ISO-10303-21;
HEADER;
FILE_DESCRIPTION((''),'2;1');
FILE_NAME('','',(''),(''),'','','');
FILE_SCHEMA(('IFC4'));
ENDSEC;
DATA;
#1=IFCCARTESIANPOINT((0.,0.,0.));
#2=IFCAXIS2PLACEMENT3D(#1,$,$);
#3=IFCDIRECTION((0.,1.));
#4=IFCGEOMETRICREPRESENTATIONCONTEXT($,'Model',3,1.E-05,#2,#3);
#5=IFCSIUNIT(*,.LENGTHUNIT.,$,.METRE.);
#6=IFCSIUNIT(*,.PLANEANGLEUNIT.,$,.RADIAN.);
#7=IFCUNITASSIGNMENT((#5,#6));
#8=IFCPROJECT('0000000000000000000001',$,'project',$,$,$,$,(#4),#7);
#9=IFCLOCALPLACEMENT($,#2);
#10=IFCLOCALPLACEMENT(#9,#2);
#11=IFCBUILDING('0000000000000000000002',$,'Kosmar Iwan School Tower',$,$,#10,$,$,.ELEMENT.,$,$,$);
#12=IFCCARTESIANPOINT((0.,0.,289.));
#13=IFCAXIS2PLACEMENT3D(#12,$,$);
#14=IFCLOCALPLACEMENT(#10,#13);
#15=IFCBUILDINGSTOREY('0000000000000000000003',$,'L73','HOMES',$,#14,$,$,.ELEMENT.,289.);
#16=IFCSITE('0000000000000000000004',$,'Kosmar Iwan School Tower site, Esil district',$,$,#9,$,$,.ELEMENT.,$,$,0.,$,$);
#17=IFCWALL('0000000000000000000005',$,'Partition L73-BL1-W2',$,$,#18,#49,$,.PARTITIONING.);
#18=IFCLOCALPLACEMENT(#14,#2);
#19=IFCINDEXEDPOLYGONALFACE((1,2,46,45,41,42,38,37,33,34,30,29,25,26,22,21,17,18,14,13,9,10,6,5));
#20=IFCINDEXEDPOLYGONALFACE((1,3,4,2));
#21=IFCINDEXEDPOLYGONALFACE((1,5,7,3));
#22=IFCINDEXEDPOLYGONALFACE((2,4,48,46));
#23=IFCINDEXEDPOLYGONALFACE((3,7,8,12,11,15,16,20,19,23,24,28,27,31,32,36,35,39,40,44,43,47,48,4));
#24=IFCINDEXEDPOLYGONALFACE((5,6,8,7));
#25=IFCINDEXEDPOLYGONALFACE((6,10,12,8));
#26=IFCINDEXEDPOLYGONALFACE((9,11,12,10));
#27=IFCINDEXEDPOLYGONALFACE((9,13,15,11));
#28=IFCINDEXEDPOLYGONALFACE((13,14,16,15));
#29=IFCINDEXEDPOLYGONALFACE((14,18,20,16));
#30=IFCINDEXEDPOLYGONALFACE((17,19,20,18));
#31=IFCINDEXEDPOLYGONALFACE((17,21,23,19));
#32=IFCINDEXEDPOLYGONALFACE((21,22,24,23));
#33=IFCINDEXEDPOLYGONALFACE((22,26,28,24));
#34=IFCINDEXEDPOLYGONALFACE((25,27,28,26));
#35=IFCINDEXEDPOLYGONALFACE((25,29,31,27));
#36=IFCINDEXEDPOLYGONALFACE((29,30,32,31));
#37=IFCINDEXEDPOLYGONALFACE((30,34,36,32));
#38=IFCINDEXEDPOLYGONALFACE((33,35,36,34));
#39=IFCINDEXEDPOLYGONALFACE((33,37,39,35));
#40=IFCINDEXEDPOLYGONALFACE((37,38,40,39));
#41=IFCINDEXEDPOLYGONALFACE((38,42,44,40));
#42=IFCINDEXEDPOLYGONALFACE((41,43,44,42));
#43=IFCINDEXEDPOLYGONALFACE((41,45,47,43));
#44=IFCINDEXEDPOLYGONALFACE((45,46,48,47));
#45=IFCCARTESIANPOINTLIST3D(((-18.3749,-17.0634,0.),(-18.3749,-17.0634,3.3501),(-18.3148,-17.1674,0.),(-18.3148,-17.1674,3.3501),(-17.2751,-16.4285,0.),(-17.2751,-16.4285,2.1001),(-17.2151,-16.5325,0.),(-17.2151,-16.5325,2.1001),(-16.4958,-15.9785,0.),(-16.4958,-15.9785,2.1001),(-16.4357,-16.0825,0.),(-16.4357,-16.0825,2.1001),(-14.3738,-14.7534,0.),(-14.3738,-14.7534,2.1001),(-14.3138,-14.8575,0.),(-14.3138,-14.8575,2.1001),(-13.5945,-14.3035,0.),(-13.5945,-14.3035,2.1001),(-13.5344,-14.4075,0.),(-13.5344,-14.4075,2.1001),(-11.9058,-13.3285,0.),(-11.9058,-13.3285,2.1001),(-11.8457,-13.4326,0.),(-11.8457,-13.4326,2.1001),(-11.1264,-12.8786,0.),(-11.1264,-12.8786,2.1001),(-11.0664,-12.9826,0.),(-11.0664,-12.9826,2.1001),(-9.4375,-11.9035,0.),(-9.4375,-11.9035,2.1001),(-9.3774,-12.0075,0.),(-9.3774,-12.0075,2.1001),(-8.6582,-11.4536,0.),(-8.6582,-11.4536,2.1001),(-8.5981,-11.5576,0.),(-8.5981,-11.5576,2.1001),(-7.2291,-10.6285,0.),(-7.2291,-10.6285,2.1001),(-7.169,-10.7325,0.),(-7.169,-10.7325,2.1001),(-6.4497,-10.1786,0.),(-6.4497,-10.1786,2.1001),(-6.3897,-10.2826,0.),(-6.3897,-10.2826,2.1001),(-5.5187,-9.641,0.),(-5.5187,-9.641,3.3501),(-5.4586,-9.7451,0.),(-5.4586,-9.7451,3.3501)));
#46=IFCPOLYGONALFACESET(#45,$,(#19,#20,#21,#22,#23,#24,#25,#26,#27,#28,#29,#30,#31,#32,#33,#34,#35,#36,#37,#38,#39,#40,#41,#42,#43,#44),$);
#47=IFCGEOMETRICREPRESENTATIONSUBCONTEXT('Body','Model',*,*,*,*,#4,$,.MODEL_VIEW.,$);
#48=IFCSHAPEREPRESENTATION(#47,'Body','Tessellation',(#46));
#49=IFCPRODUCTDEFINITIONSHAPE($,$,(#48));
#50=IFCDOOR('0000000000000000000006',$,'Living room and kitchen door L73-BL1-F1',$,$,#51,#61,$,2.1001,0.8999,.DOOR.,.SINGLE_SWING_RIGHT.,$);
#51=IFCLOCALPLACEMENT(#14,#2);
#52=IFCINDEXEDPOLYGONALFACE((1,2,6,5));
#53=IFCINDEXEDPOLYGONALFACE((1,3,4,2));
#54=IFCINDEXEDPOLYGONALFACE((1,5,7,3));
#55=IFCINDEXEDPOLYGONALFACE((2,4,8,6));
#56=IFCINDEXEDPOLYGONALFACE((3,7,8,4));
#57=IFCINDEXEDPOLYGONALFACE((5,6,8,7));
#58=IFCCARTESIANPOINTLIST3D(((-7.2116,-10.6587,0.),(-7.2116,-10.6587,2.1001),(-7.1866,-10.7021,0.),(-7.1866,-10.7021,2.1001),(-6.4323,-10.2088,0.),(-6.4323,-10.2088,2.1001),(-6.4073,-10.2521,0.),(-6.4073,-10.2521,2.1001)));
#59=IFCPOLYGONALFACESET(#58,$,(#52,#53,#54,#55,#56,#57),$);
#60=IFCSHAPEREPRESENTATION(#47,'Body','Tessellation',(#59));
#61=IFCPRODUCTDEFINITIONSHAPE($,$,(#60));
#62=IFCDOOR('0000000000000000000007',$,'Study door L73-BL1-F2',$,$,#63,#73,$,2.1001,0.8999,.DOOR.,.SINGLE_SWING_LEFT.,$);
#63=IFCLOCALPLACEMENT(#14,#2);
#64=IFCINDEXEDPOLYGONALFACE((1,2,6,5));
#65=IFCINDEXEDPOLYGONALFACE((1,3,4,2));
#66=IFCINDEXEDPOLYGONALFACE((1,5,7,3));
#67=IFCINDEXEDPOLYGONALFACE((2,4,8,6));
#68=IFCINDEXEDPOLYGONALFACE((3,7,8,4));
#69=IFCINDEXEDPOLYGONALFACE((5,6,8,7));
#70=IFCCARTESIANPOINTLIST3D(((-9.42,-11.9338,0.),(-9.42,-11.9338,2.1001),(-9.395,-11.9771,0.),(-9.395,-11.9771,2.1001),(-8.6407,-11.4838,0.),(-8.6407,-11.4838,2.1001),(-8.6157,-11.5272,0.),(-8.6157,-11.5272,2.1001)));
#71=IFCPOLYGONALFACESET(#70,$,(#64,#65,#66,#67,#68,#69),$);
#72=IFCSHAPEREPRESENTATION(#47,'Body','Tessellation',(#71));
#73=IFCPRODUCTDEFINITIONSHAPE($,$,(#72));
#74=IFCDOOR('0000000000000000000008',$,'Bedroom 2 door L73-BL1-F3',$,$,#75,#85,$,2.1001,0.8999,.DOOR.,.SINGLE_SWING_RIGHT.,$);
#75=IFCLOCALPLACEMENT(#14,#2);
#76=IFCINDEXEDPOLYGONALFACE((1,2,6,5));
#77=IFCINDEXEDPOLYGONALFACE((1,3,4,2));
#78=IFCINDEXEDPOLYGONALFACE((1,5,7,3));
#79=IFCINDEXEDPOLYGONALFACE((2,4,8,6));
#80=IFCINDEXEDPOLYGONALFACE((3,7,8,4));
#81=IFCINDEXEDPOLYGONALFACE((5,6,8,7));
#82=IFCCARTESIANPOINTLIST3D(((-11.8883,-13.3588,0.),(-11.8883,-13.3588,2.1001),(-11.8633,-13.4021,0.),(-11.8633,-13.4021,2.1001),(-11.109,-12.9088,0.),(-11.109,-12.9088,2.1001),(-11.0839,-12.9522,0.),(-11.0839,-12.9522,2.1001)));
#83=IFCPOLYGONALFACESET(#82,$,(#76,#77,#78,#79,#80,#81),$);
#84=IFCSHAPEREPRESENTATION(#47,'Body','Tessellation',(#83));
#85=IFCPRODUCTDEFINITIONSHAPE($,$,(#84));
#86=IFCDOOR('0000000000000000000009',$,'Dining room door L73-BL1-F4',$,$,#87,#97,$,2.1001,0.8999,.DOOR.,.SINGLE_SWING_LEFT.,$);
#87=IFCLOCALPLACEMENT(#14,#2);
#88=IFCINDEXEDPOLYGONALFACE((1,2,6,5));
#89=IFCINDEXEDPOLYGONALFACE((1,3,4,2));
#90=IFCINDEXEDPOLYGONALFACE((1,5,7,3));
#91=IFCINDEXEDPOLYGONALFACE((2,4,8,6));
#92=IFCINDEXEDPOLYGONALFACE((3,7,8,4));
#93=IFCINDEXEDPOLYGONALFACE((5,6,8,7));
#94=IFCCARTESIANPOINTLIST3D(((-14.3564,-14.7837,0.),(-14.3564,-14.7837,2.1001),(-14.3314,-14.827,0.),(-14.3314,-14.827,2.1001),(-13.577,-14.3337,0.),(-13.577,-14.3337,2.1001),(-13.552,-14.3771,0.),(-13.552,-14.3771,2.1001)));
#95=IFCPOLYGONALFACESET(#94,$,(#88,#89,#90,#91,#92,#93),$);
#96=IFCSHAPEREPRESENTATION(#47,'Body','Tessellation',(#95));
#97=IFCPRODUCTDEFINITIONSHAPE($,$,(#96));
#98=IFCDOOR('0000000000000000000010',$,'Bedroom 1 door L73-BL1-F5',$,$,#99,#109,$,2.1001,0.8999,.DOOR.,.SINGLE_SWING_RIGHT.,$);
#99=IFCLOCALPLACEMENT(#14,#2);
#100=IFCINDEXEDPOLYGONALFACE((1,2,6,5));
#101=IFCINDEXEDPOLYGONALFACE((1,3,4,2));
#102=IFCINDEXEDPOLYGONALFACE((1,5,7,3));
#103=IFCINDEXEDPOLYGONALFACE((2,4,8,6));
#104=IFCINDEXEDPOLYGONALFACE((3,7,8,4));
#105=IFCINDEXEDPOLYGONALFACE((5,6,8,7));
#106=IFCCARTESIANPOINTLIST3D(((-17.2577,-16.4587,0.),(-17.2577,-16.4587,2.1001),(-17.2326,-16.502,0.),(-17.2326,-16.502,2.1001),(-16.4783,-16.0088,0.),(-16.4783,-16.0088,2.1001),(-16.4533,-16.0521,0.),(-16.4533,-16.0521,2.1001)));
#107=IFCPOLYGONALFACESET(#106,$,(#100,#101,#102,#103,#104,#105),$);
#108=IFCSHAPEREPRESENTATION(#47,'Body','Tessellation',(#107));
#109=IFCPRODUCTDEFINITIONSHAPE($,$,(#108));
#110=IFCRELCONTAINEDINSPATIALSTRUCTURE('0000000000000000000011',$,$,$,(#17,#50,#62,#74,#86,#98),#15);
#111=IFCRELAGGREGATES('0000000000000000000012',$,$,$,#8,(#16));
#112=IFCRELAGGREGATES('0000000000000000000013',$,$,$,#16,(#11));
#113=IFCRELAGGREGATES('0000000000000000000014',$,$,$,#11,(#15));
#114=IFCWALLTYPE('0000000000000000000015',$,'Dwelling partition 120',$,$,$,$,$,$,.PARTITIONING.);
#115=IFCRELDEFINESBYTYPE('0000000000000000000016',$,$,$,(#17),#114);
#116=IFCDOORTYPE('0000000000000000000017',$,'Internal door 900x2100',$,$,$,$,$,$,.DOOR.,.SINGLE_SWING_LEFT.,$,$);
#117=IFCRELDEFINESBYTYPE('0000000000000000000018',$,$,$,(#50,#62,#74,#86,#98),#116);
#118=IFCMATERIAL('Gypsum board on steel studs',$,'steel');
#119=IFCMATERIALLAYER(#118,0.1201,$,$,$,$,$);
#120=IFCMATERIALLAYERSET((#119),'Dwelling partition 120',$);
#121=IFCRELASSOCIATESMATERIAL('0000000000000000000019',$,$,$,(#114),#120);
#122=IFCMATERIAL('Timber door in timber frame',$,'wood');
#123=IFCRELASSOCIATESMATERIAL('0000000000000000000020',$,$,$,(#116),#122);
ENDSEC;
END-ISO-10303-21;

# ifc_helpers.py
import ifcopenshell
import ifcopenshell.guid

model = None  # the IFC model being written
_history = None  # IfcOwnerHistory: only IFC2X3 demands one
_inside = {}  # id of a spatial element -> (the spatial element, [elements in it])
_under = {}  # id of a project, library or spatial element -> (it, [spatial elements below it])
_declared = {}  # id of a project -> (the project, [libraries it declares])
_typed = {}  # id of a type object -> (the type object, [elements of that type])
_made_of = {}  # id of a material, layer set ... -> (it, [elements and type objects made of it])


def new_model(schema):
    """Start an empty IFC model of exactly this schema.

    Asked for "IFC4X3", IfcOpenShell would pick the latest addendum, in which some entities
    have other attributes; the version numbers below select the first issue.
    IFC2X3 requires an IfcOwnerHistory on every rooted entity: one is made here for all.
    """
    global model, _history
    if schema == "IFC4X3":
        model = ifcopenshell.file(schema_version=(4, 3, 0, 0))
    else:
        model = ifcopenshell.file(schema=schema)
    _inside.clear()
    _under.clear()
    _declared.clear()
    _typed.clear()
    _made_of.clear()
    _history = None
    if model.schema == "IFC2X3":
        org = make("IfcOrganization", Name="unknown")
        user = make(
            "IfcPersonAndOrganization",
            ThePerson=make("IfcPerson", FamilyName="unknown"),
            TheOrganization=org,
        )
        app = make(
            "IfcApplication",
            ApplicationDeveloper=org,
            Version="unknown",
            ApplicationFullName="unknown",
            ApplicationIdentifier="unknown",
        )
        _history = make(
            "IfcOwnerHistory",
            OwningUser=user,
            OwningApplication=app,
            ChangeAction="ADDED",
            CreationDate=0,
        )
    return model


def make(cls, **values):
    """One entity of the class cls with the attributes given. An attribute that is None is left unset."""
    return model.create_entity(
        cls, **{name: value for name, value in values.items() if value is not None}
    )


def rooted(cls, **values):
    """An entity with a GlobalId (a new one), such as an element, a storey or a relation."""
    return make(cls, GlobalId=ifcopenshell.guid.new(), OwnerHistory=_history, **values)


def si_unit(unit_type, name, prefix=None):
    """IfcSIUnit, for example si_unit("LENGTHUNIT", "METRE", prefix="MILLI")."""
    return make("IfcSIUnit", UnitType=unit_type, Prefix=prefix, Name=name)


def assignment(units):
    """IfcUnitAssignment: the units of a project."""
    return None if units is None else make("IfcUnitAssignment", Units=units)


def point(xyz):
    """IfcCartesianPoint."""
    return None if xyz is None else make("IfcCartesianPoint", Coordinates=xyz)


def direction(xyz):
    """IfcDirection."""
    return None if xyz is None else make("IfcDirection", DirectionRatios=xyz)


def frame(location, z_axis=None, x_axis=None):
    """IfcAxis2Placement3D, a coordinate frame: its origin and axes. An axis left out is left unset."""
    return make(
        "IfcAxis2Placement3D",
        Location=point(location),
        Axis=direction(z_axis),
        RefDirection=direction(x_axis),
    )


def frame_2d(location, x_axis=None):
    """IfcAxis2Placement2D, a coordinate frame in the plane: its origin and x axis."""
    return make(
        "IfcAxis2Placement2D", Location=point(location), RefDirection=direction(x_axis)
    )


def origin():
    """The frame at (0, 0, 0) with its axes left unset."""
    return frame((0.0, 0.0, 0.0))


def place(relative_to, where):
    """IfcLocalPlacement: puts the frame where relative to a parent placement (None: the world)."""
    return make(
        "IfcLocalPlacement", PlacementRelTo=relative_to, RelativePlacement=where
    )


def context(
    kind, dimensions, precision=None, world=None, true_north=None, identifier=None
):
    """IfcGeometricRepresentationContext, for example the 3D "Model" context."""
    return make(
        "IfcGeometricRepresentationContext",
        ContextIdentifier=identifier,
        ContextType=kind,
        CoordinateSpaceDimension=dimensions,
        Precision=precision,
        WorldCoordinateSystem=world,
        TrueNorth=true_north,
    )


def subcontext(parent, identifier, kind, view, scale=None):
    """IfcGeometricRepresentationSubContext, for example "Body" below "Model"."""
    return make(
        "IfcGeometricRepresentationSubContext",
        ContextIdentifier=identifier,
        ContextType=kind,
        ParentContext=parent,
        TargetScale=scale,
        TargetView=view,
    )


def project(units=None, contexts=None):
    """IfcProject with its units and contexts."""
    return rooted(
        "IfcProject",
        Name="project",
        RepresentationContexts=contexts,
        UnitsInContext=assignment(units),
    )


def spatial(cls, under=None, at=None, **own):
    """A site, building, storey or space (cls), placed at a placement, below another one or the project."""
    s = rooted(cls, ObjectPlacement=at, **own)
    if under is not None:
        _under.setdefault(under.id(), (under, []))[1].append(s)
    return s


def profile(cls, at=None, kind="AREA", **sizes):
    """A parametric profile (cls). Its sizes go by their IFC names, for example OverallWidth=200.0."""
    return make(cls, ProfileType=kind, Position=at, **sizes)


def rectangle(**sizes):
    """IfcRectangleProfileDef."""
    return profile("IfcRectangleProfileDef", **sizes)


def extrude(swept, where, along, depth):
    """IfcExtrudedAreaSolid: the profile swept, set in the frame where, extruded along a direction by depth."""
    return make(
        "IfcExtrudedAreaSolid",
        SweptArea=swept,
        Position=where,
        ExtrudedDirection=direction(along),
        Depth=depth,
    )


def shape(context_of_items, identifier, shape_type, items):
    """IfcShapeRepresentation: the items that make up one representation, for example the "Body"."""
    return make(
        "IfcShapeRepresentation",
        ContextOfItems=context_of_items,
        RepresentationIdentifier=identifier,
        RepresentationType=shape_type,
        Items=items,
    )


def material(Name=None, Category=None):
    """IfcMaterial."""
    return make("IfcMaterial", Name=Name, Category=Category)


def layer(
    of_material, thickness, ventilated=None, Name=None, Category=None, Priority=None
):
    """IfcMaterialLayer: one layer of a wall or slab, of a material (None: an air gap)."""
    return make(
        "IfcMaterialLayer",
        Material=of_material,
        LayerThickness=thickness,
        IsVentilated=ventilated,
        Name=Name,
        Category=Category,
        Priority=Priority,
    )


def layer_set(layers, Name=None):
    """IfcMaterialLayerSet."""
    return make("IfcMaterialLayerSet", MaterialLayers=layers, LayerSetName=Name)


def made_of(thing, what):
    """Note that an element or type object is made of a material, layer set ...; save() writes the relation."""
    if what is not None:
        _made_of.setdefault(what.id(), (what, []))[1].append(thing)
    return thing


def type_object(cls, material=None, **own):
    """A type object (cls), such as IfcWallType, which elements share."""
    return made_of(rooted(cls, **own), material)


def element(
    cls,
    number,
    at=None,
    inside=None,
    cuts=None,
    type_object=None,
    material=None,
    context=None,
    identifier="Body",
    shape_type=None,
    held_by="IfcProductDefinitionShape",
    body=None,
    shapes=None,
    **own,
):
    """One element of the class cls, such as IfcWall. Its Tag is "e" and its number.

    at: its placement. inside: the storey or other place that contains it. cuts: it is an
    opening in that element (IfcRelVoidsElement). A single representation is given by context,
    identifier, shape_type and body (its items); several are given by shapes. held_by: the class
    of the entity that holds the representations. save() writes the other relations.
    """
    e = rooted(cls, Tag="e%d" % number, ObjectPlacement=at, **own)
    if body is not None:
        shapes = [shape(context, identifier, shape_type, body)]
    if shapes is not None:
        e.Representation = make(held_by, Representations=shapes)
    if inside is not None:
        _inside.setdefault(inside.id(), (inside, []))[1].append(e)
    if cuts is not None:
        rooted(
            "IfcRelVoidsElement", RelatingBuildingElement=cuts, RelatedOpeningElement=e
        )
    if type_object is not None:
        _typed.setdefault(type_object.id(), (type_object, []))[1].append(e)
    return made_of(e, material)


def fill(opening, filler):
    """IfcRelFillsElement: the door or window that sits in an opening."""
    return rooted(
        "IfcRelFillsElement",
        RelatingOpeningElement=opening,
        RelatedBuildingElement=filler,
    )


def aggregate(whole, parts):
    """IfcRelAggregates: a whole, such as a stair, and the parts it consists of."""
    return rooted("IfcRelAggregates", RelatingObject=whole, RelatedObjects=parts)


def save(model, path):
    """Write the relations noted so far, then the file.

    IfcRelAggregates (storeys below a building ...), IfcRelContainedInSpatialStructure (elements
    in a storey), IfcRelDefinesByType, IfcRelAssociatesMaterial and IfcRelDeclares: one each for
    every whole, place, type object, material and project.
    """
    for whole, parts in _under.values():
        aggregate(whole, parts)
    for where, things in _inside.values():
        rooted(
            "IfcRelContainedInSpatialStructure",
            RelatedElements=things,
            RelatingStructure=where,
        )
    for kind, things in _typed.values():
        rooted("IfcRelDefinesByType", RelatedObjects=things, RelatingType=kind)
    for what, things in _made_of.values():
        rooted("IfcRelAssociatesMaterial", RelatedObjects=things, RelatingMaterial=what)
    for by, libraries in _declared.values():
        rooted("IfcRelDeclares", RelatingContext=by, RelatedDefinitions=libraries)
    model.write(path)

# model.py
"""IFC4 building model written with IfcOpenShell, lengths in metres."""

from ifc_helpers import new_model, si_unit, direction, frame, frame_2d, origin, place, context, subcontext, project, spatial, rectangle, extrude, material, layer, layer_set, type_object, element, fill, save


model = new_model("IFC4")

# Units and contexts
model_context = context("Model", 3, precision=1e-05, world=origin(), true_north=direction((0.0, 1.0)))
body_context = subcontext(model_context, "Body", "Model", "MODEL_VIEW")
ifc_project = project(units=[si_unit("LENGTHUNIT", "METRE"), si_unit("PLANEANGLEUNIT", "RADIAN")], contexts=[model_context])

# Site, building, storey
site_placement = place(None, origin())
site = spatial("IfcSite", under=ifc_project, at=site_placement, Name="Kosmar Iwan School Tower site, Esil district", CompositionType="ELEMENT", RefElevation=0.0)
building_placement = place(site_placement, origin())
building = spatial("IfcBuilding", under=site, at=building_placement, Name="Kosmar Iwan School Tower", CompositionType="ELEMENT")
storey_placement = place(building_placement, frame((0.0, 0.0, 289.0)))
storey = spatial("IfcBuildingStorey", under=building, at=storey_placement, Name="L73", Description="HOMES", CompositionType="ELEMENT", Elevation=289.0)

# Wall, openings, doors
ifc_material_1 = material(Name="Gypsum board on steel studs", Category="steel")
ifc_layer_1 = layer(ifc_material_1, 0.1201)
ifc_layer_set_1 = layer_set([ifc_layer_1], Name="Dwelling partition 120")
wall_type_1 = type_object("IfcWallType", Name="Dwelling partition 120", PredefinedType="PARTITIONING", material=ifc_layer_set_1)
ifc_material_2 = material(Name="Timber door in timber frame", Category="wood")
door_type_1 = type_object("IfcDoorType", Name="Internal door 900x2100", OperationType="SINGLE_SWING_LEFT", PredefinedType="DOOR", material=ifc_material_2)
wall_1_placement = place(storey_placement, frame((-5.4888, -9.6931, 0.0), z_axis=(0.0, 0.0, 1.0), x_axis=(-0.86603, -0.499992, 0.0)))
wall_1 = element("IfcWall", 1, at=wall_1_placement, inside=storey, type_object=wall_type_1, Name="Partition L73-BL1-W2", PredefinedType="PARTITIONING", context=body_context, shape_type="SweptSolid", body=[
    extrude(rectangle(XDim=14.845, YDim=0.1201, at=frame_2d((7.4224, 0.0))), origin(), (0.0, 0.0, 1.0), 3.3501),
])
opening_1_placement = place(wall_1_placement, frame((1.075, 0.0, 0.0)))
opening_1 = element("IfcOpeningElement", 2, at=opening_1_placement, cuts=wall_1, PredefinedType="OPENING", context=body_context, shape_type="SweptSolid", body=[
    extrude(rectangle(XDim=0.8999, YDim=2.1001, at=frame_2d((0.45, 1.05))), frame((0.0, 0.072, 0.0), z_axis=(0.0, -1.0, 0.0), x_axis=(1.0, 0.0, 0.0)), (0.0, 0.0, 1.0), 0.144),
])
opening_2_placement = place(wall_1_placement, frame((3.625, 0.0, 0.0)))
opening_2 = element("IfcOpeningElement", 3, at=opening_2_placement, cuts=wall_1, PredefinedType="OPENING", context=body_context, shape_type="SweptSolid", body=[
    extrude(rectangle(XDim=0.8999, YDim=2.1001, at=frame_2d((0.45, 1.05))), frame((0.0, 0.072, 0.0), z_axis=(0.0, -1.0, 0.0), x_axis=(1.0, 0.0, 0.0)), (0.0, 0.0, 1.0), 0.144),
])
opening_3_placement = place(wall_1_placement, frame((6.4751, 0.0, 0.0)))
opening_3 = element("IfcOpeningElement", 4, at=opening_3_placement, cuts=wall_1, PredefinedType="OPENING", context=body_context, shape_type="SweptSolid", body=[
    extrude(rectangle(XDim=0.8999, YDim=2.1001, at=frame_2d((0.45, 1.05))), frame((0.0, 0.072, 0.0), z_axis=(0.0, -1.0, 0.0), x_axis=(1.0, 0.0, 0.0)), (0.0, 0.0, 1.0), 0.144),
])
opening_4_placement = place(wall_1_placement, frame((9.325, 0.0, 0.0)))
opening_4 = element("IfcOpeningElement", 5, at=opening_4_placement, cuts=wall_1, PredefinedType="OPENING", context=body_context, shape_type="SweptSolid", body=[
    extrude(rectangle(XDim=0.8999, YDim=2.1001, at=frame_2d((0.45, 1.05))), frame((0.0, 0.072, 0.0), z_axis=(0.0, -1.0, 0.0), x_axis=(1.0, 0.0, 0.0)), (0.0, 0.0, 1.0), 0.144),
])
opening_5_placement = place(wall_1_placement, frame((12.675, 0.0, 0.0)))
opening_5 = element("IfcOpeningElement", 6, at=opening_5_placement, cuts=wall_1, PredefinedType="OPENING", context=body_context, shape_type="SweptSolid", body=[
    extrude(rectangle(XDim=0.8999, YDim=2.1001, at=frame_2d((0.45, 1.05))), frame((0.0, 0.072, 0.0), z_axis=(0.0, -1.0, 0.0), x_axis=(1.0, 0.0, 0.0)), (0.0, 0.0, 1.0), 0.144),
])
door_1_placement = place(opening_1_placement, origin())
door_1 = element("IfcDoor", 7, at=door_1_placement, inside=storey, type_object=door_type_1, Name="Living room and kitchen door L73-BL1-F1", OperationType="SINGLE_SWING_RIGHT", OverallHeight=2.1001, OverallWidth=0.8999, PredefinedType="DOOR", context=body_context, shape_type="SweptSolid", body=[
    extrude(rectangle(XDim=0.8999, YDim=2.1001, at=frame_2d((0.45, 1.05))), frame((0.0, 0.0249, 0.0), z_axis=(0.0, -1.0, 0.0), x_axis=(1.0, 0.0, 0.0)), (0.0, 0.0, 1.0), 0.05),
])
fill(opening_1, door_1)
door_2_placement = place(opening_2_placement, origin())
door_2 = element("IfcDoor", 8, at=door_2_placement, inside=storey, type_object=door_type_1, Name="Study door L73-BL1-F2", OperationType="SINGLE_SWING_LEFT", OverallHeight=2.1001, OverallWidth=0.8999, PredefinedType="DOOR", context=body_context, shape_type="SweptSolid", body=[
    extrude(rectangle(XDim=0.8999, YDim=2.1001, at=frame_2d((0.45, 1.05))), frame((0.0, 0.0249, 0.0), z_axis=(0.0, -1.0, 0.0), x_axis=(1.0, 0.0, 0.0)), (0.0, 0.0, 1.0), 0.05),
])
fill(opening_2, door_2)
door_3_placement = place(opening_3_placement, origin())
door_3 = element("IfcDoor", 9, at=door_3_placement, inside=storey, type_object=door_type_1, Name="Bedroom 2 door L73-BL1-F3", OperationType="SINGLE_SWING_RIGHT", OverallHeight=2.1001, OverallWidth=0.8999, PredefinedType="DOOR", context=body_context, shape_type="SweptSolid", body=[
    extrude(rectangle(XDim=0.8999, YDim=2.1001, at=frame_2d((0.45, 1.05))), frame((0.0, 0.0249, 0.0), z_axis=(0.0, -1.0, 0.0), x_axis=(1.0, 0.0, 0.0)), (0.0, 0.0, 1.0), 0.05),
])
fill(opening_3, door_3)
door_4_placement = place(opening_4_placement, origin())
door_4 = element("IfcDoor", 10, at=door_4_placement, inside=storey, type_object=door_type_1, Name="Dining room door L73-BL1-F4", OperationType="SINGLE_SWING_LEFT", OverallHeight=2.1001, OverallWidth=0.8999, PredefinedType="DOOR", context=body_context, shape_type="SweptSolid", body=[
    extrude(rectangle(XDim=0.8999, YDim=2.1001, at=frame_2d((0.45, 1.05))), frame((0.0, 0.0249, 0.0), z_axis=(0.0, -1.0, 0.0), x_axis=(1.0, 0.0, 0.0)), (0.0, 0.0, 1.0), 0.05),
])
fill(opening_4, door_4)
door_5_placement = place(opening_5_placement, origin())
door_5 = element("IfcDoor", 11, at=door_5_placement, inside=storey, type_object=door_type_1, Name="Bedroom 1 door L73-BL1-F5", OperationType="SINGLE_SWING_RIGHT", OverallHeight=2.1001, OverallWidth=0.8999, PredefinedType="DOOR", context=body_context, shape_type="SweptSolid", body=[
    extrude(rectangle(XDim=0.8999, YDim=2.1001, at=frame_2d((0.45, 1.05))), frame((0.0, 0.0249, 0.0), z_axis=(0.0, -1.0, 0.0), x_axis=(1.0, 0.0, 0.0)), (0.0, 0.0, 1.0), 0.05),
])
fill(opening_5, door_5)

save(model, "model.ifc")
